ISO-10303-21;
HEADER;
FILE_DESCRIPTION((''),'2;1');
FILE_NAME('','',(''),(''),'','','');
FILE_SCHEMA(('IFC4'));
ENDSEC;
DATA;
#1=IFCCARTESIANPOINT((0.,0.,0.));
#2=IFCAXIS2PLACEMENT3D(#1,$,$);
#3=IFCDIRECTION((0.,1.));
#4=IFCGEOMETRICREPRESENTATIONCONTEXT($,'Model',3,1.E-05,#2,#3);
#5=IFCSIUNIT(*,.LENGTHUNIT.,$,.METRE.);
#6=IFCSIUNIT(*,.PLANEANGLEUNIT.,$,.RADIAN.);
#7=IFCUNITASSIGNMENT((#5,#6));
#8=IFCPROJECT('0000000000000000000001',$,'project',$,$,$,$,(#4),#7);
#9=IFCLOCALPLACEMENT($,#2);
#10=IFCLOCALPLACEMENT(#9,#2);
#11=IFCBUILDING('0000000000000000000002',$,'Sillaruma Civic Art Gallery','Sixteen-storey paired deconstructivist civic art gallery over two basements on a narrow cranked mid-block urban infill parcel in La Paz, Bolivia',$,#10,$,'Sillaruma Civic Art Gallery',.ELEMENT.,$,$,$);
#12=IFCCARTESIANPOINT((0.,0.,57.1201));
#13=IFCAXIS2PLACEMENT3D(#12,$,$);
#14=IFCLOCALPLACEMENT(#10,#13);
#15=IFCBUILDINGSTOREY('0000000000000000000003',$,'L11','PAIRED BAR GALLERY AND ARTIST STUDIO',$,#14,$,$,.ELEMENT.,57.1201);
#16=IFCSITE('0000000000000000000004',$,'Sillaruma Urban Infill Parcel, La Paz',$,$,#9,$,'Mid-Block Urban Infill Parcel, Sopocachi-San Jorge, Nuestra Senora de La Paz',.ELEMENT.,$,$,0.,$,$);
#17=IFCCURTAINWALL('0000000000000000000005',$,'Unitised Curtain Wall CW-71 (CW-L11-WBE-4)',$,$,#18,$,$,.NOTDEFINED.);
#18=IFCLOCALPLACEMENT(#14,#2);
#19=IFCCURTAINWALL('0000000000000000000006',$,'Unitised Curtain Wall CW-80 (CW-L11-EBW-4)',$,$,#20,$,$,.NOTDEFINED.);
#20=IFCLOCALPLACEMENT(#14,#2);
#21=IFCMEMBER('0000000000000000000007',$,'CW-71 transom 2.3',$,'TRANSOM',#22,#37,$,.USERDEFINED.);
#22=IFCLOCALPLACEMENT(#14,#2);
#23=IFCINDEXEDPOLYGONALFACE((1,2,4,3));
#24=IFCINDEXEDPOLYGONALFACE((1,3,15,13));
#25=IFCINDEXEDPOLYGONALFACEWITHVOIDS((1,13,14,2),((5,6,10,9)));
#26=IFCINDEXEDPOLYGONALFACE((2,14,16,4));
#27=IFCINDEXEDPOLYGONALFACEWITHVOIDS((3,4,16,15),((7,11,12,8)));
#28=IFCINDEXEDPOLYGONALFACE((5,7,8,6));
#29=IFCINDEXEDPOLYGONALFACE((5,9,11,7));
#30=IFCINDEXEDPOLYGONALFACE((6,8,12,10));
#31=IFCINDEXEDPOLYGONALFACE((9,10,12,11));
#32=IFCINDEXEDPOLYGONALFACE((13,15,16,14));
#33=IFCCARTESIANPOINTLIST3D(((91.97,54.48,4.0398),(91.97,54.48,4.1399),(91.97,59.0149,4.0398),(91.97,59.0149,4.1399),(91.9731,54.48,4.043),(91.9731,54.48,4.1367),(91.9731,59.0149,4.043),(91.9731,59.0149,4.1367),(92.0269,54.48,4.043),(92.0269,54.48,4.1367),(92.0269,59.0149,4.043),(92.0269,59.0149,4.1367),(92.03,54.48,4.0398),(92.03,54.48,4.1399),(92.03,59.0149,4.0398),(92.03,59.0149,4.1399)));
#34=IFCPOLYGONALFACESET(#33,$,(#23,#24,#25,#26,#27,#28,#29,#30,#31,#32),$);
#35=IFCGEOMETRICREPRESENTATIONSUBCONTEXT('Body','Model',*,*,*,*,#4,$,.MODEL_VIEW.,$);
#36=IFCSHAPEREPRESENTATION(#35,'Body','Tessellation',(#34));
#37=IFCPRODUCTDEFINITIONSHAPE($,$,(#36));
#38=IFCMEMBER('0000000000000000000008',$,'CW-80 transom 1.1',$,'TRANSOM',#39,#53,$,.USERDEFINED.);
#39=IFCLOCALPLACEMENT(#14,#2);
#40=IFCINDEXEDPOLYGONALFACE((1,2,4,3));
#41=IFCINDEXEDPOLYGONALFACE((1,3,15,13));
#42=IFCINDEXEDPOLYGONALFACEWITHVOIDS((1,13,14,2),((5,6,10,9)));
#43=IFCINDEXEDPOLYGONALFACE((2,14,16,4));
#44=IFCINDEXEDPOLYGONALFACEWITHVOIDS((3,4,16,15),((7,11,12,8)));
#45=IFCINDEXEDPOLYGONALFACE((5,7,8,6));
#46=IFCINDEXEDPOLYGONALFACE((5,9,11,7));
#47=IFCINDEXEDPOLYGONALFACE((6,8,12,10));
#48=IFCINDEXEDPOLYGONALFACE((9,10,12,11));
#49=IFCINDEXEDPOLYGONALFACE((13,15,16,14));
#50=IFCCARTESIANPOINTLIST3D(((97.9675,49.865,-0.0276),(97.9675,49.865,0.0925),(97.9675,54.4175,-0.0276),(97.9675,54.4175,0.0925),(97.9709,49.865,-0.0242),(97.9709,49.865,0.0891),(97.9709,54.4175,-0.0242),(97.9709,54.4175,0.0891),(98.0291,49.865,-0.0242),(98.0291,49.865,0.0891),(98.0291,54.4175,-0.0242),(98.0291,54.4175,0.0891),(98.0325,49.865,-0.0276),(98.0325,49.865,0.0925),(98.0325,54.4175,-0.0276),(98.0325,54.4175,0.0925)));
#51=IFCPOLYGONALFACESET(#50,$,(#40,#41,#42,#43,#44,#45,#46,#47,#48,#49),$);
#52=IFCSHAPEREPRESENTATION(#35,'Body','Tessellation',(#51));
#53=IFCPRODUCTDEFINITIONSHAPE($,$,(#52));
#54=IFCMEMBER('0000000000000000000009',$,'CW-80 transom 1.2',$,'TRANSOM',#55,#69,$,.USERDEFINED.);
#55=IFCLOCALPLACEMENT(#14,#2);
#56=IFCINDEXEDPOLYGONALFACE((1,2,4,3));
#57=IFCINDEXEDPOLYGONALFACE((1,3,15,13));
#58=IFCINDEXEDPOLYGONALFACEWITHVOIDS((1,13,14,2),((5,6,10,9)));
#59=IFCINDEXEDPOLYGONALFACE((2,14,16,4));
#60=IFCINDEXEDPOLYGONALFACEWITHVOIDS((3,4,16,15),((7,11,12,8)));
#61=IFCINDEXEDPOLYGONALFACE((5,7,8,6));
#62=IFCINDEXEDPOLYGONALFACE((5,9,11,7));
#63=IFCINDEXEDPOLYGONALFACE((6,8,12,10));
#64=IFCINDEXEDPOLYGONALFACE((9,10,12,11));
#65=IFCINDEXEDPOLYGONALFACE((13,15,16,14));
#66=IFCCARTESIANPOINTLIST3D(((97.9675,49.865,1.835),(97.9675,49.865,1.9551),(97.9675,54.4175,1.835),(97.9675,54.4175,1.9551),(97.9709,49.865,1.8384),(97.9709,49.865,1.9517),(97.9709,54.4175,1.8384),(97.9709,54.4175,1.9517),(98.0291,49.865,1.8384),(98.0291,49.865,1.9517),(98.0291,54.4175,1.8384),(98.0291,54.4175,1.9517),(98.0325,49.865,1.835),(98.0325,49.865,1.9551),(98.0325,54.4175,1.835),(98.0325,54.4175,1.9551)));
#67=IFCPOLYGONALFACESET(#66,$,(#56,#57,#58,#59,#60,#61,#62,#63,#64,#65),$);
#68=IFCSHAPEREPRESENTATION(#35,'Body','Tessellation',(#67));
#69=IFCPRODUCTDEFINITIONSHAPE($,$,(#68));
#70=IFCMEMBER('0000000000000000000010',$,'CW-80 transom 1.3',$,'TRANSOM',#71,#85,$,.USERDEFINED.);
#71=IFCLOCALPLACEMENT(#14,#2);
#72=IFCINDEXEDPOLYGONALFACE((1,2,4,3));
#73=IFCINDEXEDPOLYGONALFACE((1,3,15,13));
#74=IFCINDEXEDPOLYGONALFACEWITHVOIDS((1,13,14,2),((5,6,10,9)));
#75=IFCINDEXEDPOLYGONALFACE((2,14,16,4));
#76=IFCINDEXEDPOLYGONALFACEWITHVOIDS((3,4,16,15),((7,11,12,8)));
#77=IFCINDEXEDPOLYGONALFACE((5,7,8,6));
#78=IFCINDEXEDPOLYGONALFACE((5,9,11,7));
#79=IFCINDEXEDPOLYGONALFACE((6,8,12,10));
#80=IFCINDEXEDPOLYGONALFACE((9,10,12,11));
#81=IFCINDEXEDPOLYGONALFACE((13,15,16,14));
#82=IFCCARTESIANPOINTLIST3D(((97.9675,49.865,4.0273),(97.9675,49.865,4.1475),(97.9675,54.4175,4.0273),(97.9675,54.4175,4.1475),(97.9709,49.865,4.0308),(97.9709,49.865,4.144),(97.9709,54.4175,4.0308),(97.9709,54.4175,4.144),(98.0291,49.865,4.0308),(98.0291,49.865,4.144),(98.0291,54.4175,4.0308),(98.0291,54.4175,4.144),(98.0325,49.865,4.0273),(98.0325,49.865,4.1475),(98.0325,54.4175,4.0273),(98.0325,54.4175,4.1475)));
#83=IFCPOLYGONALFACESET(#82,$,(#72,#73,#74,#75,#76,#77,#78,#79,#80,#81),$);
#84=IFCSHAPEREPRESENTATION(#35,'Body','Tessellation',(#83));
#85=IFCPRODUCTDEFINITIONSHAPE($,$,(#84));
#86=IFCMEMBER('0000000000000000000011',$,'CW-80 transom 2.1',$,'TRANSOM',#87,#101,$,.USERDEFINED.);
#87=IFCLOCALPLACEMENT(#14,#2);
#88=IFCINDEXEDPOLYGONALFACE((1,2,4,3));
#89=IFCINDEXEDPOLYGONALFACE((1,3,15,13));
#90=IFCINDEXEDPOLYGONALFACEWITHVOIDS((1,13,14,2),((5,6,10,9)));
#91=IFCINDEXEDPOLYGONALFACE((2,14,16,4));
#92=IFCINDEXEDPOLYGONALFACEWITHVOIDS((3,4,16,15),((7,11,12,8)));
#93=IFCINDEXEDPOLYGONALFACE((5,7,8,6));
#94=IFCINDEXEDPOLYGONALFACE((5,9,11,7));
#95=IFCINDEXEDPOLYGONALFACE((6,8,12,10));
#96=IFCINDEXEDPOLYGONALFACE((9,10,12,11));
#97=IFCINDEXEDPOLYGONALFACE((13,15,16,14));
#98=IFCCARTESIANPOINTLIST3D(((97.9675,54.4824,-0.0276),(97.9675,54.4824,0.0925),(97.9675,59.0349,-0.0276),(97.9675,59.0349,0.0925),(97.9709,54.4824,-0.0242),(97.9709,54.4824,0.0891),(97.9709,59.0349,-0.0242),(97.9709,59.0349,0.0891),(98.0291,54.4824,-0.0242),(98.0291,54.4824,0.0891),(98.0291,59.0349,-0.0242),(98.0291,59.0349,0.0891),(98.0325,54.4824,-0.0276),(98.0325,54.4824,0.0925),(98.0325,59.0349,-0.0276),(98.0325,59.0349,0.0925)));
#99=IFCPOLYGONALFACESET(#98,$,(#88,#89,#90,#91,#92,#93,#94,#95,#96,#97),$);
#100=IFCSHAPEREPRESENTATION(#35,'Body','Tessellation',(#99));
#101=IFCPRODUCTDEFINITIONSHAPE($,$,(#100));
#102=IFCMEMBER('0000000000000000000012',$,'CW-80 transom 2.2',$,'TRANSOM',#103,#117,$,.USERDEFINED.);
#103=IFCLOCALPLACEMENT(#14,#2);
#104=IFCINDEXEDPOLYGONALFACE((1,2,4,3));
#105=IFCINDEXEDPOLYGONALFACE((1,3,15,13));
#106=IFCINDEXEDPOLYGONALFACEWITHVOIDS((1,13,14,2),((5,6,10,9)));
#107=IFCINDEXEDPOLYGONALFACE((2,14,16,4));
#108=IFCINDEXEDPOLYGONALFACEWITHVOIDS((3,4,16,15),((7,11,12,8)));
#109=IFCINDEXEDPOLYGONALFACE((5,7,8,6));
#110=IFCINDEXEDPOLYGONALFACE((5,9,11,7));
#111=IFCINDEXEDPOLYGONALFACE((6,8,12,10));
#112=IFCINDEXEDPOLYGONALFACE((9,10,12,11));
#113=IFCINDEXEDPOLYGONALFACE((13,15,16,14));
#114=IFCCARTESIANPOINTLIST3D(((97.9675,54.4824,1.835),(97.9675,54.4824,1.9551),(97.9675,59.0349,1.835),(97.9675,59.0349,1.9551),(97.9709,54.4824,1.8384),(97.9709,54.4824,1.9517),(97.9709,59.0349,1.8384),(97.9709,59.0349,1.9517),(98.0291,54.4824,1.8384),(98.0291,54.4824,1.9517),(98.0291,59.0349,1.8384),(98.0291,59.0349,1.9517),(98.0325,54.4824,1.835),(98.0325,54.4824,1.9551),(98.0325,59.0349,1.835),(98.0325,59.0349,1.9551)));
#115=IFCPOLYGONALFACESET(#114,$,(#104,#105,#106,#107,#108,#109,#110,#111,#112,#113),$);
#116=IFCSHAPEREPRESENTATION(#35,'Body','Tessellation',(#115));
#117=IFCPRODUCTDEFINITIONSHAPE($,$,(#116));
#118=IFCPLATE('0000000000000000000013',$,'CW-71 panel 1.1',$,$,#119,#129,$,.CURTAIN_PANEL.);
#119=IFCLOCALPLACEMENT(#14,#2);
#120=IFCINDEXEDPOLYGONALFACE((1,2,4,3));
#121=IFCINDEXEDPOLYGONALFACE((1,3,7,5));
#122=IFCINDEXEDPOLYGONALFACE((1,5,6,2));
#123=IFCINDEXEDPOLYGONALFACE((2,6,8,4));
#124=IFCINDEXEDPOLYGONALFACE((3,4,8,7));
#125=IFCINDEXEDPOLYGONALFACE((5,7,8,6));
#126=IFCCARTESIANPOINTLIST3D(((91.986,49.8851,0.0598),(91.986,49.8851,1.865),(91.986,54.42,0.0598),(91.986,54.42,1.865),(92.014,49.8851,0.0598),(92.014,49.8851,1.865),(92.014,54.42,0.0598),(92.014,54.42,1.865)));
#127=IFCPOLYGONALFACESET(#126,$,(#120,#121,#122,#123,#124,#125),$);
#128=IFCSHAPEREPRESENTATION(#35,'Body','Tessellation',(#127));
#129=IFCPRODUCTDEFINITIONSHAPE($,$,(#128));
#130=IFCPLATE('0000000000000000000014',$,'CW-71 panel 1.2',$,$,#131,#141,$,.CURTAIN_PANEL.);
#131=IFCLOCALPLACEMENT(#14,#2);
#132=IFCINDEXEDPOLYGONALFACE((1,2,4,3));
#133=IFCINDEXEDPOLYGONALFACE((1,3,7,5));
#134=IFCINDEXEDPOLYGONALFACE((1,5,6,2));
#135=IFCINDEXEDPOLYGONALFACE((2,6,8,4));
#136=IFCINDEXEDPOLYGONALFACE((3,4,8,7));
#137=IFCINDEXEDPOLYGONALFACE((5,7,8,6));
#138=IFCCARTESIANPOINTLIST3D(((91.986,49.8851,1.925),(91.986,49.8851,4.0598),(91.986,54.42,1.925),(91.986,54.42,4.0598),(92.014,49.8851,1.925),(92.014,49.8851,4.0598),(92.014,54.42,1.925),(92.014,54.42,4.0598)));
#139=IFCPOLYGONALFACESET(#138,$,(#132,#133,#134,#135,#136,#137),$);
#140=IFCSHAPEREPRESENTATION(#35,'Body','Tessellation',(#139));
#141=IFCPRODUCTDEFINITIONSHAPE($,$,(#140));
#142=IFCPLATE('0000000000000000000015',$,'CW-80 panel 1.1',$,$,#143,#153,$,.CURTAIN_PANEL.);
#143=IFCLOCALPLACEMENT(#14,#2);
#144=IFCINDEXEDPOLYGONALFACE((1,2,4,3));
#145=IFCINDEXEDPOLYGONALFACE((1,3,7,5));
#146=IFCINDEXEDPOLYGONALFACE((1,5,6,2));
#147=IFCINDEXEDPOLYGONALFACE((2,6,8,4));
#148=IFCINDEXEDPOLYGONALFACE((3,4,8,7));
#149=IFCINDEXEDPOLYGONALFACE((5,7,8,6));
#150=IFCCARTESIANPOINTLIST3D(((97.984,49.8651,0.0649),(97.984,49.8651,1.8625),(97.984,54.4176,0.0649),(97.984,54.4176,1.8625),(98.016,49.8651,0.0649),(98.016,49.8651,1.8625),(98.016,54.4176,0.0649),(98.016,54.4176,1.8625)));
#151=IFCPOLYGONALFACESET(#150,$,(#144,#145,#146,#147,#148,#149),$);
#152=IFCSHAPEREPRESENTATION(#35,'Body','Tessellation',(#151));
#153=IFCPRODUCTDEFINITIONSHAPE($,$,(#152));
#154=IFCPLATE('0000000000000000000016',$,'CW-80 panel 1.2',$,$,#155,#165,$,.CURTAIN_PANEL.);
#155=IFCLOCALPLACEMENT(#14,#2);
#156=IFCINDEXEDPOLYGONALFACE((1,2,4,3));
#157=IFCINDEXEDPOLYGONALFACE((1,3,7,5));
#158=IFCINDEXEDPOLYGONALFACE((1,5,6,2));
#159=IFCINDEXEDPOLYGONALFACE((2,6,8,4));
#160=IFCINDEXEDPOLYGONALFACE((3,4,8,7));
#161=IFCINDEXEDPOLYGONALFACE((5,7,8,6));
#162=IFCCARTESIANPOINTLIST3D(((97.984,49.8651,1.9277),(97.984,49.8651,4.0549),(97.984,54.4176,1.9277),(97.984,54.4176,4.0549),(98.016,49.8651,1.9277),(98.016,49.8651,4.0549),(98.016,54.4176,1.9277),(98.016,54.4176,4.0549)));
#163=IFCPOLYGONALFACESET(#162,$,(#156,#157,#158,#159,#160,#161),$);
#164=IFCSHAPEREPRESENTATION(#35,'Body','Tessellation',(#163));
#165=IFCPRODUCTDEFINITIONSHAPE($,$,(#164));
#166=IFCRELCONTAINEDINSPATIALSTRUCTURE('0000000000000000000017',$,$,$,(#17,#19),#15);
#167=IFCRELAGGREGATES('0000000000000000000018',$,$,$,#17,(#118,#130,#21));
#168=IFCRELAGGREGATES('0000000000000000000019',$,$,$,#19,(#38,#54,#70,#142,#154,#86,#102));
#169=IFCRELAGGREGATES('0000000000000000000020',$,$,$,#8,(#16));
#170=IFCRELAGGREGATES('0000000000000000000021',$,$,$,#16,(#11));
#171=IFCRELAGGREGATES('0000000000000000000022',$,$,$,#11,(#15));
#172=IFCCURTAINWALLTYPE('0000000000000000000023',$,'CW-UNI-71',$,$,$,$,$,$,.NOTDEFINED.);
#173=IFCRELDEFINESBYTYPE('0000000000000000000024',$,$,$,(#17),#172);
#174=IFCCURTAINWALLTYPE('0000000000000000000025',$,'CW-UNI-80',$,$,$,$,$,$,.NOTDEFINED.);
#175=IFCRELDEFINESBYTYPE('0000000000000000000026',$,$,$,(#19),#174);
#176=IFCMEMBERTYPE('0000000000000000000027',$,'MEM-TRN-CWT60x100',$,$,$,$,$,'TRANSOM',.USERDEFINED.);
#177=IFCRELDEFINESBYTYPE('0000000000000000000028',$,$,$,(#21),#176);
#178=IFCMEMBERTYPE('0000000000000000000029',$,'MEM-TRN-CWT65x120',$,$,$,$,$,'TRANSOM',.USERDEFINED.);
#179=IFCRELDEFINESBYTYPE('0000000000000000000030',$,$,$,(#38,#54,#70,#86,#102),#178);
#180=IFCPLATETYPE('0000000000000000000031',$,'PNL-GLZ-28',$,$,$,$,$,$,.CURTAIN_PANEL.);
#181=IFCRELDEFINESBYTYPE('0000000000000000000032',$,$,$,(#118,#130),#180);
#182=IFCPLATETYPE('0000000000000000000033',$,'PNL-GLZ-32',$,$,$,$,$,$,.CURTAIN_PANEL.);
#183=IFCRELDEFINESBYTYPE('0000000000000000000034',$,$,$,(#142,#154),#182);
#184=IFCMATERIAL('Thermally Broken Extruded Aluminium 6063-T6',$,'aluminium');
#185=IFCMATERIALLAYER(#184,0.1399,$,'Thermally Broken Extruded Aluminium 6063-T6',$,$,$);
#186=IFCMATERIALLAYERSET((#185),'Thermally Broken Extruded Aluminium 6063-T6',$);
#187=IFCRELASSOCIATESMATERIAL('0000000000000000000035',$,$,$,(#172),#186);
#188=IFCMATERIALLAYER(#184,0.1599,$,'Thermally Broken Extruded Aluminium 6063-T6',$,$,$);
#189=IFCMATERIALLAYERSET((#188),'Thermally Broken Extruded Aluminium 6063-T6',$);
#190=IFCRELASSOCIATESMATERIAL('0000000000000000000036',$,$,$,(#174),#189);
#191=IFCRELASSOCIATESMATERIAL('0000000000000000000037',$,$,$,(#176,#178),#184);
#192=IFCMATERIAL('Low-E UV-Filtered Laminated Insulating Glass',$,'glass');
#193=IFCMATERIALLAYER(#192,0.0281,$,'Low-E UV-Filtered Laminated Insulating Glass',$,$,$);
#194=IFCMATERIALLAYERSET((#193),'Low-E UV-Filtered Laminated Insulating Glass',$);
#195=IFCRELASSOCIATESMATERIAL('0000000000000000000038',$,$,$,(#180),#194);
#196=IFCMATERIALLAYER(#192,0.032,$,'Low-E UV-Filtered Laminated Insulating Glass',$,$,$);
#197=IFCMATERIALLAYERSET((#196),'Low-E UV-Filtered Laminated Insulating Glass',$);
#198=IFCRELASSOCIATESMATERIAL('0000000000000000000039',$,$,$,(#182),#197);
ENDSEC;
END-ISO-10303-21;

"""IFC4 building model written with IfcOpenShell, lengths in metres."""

from ifc_helpers import new_model, si_unit, direction, frame, origin, origin_2d, place, context, subcontext, project, spatial, rectangle, hollow_rectangle, extrude, material, layer, layer_set, material_profile, profile_set, type_object, element, aggregate, save


model = new_model("IFC4")

# Units and contexts
model_context = context("Model", 3, precision=1e-05, world=origin(), true_north=direction((0.0, 1.0)))
body_context = subcontext(model_context, "Body", "Model", "MODEL_VIEW")
ifc_project = project(units=[si_unit("LENGTHUNIT", "METRE"), si_unit("PLANEANGLEUNIT", "RADIAN")], contexts=[model_context])

# Site, building, storey
site_placement = place(None, origin())
site = spatial("IfcSite", under=ifc_project, at=site_placement, Name="Sillaruma Urban Infill Parcel, La Paz", LongName="Mid-Block Urban Infill Parcel, Sopocachi-San Jorge, Nuestra Senora de La Paz", CompositionType="ELEMENT", RefElevation=0.0)
building_placement = place(site_placement, origin())
building = spatial("IfcBuilding", under=site, at=building_placement, Name="Sillaruma Civic Art Gallery", Description="Sixteen-storey paired deconstructivist civic art gallery over two basements on a narrow cranked mid-block urban infill parcel in La Paz, Bolivia", LongName="Sillaruma Civic Art Gallery", CompositionType="ELEMENT")
storey_placement = place(building_placement, frame((0.0, 0.0, 57.1201)))
storey = spatial("IfcBuildingStorey", under=building, at=storey_placement, Name="L11", Description="PAIRED BAR GALLERY AND ARTIST STUDIO", CompositionType="ELEMENT", Elevation=57.1201)

# Curtain walls
ifc_material_1 = material(Name="Thermally Broken Extruded Aluminium 6063-T6", Category="aluminium")
ifc_layer_1 = layer(ifc_material_1, 0.1399, Name="Thermally Broken Extruded Aluminium 6063-T6")
ifc_layer_set_1 = layer_set([ifc_layer_1], Name="Thermally Broken Extruded Aluminium 6063-T6")
curtain_wall_type_1 = type_object("IfcCurtainWallType", Name="CW-UNI-71", PredefinedType="NOTDEFINED", material=ifc_layer_set_1)
curtain_wall_1_placement = place(storey_placement, origin())
curtain_wall_1 = element("IfcCurtainWall", 1, at=curtain_wall_1_placement, inside=storey, type_object=curtain_wall_type_1, Name="Unitised Curtain Wall CW-71 (CW-L11-WBE-4)", PredefinedType="NOTDEFINED")
ifc_layer_2 = layer(ifc_material_1, 0.1599, Name="Thermally Broken Extruded Aluminium 6063-T6")
ifc_layer_set_2 = layer_set([ifc_layer_2], Name="Thermally Broken Extruded Aluminium 6063-T6")
curtain_wall_type_2 = type_object("IfcCurtainWallType", Name="CW-UNI-80", PredefinedType="NOTDEFINED", material=ifc_layer_set_2)
curtain_wall_2_placement = place(storey_placement, origin())
curtain_wall_2 = element("IfcCurtainWall", 2, at=curtain_wall_2_placement, inside=storey, type_object=curtain_wall_type_2, Name="Unitised Curtain Wall CW-80 (CW-L11-EBW-4)", PredefinedType="NOTDEFINED")

# Members
ifc_material_profile_1 = material_profile(ifc_material_1, hollow_rectangle(XDim=0.0601, YDim=0.1001, WallThickness=0.0032, at=origin_2d()), Name="CWT60x100")
ifc_profile_set_1 = profile_set([ifc_material_profile_1], Name="Thermally Broken Extruded Aluminium 6063-T6")
member_type_1 = type_object("IfcMemberType", Name="MEM-TRN-CWT60x100", ElementType="TRANSOM", PredefinedType="USERDEFINED", material=ifc_profile_set_1)
member_1_placement = place(storey_placement, frame((92.0, 54.48, 4.0898), z_axis=(0.0, 1.0, 0.0), x_axis=(-1.0, 0.0, 0.0)))
member_1 = element("IfcMember", 3, at=member_1_placement, type_object=member_type_1, Name="CW-71 transom 2.3", ObjectType="TRANSOM", PredefinedType="USERDEFINED", context=body_context, shape_type="SweptSolid", body=[
    extrude(hollow_rectangle(XDim=0.0601, YDim=0.1001, WallThickness=0.0032, at=origin_2d()), origin(), (0.0, 0.0, 1.0), 4.5349),
])
ifc_material_profile_2 = material_profile(ifc_material_1, hollow_rectangle(XDim=0.0649, YDim=0.1201, WallThickness=0.0034, at=origin_2d()), Name="CWT65x120")
ifc_profile_set_2 = profile_set([ifc_material_profile_2], Name="Thermally Broken Extruded Aluminium 6063-T6")
member_type_2 = type_object("IfcMemberType", Name="MEM-TRN-CWT65x120", ElementType="TRANSOM", PredefinedType="USERDEFINED", material=ifc_profile_set_2)
member_2_placement = place(storey_placement, frame((98.0, 49.865, 0.0325), z_axis=(0.0, 1.0, 0.0), x_axis=(-1.0, 0.0, 0.0)))
member_2 = element("IfcMember", 4, at=member_2_placement, type_object=member_type_2, Name="CW-80 transom 1.1", ObjectType="TRANSOM", PredefinedType="USERDEFINED", context=body_context, shape_type="SweptSolid", body=[
    extrude(hollow_rectangle(XDim=0.0649, YDim=0.1201, WallThickness=0.0034, at=origin_2d()), origin(), (0.0, 0.0, 1.0), 4.5525),
])
member_3_placement = place(storey_placement, frame((98.0, 49.865, 1.895), z_axis=(0.0, 1.0, 0.0), x_axis=(-1.0, 0.0, 0.0)))
member_3 = element("IfcMember", 5, at=member_3_placement, type_object=member_type_2, Name="CW-80 transom 1.2", ObjectType="TRANSOM", PredefinedType="USERDEFINED", context=body_context, shape_type="SweptSolid", body=[
    extrude(hollow_rectangle(XDim=0.0649, YDim=0.1201, WallThickness=0.0034, at=origin_2d()), origin(), (0.0, 0.0, 1.0), 4.5525),
])
member_4_placement = place(storey_placement, frame((98.0, 49.865, 4.0874), z_axis=(0.0, 1.0, 0.0), x_axis=(-1.0, 0.0, 0.0)))
member_4 = element("IfcMember", 6, at=member_4_placement, type_object=member_type_2, Name="CW-80 transom 1.3", ObjectType="TRANSOM", PredefinedType="USERDEFINED", context=body_context, shape_type="SweptSolid", body=[
    extrude(hollow_rectangle(XDim=0.0649, YDim=0.1201, WallThickness=0.0034, at=origin_2d()), origin(), (0.0, 0.0, 1.0), 4.5525),
])
member_5_placement = place(storey_placement, frame((98.0, 54.4824, 0.0325), z_axis=(0.0, 1.0, 0.0), x_axis=(-1.0, 0.0, 0.0)))
member_5 = element("IfcMember", 7, at=member_5_placement, type_object=member_type_2, Name="CW-80 transom 2.1", ObjectType="TRANSOM", PredefinedType="USERDEFINED", context=body_context, shape_type="SweptSolid", body=[
    extrude(hollow_rectangle(XDim=0.0649, YDim=0.1201, WallThickness=0.0034, at=origin_2d()), origin(), (0.0, 0.0, 1.0), 4.5525),
])
member_6_placement = place(storey_placement, frame((98.0, 54.4824, 1.895), z_axis=(0.0, 1.0, 0.0), x_axis=(-1.0, 0.0, 0.0)))
member_6 = element("IfcMember", 8, at=member_6_placement, type_object=member_type_2, Name="CW-80 transom 2.2", ObjectType="TRANSOM", PredefinedType="USERDEFINED", context=body_context, shape_type="SweptSolid", body=[
    extrude(hollow_rectangle(XDim=0.0649, YDim=0.1201, WallThickness=0.0034, at=origin_2d()), origin(), (0.0, 0.0, 1.0), 4.5525),
])

# Plates
ifc_material_2 = material(Name="Low-E UV-Filtered Laminated Insulating Glass", Category="glass")
ifc_layer_3 = layer(ifc_material_2, 0.0281, Name="Low-E UV-Filtered Laminated Insulating Glass")
ifc_layer_set_3 = layer_set([ifc_layer_3], Name="Low-E UV-Filtered Laminated Insulating Glass")
plate_type_1 = type_object("IfcPlateType", Name="PNL-GLZ-28", PredefinedType="CURTAIN_PANEL", material=ifc_layer_set_3)
plate_1_placement = place(storey_placement, frame((92.0, 52.1526, 0.0598), z_axis=(0.0, 0.0, 1.0), x_axis=(0.0, 1.0, 0.0)))
plate_1 = element("IfcPlate", 9, at=plate_1_placement, type_object=plate_type_1, Name="CW-71 panel 1.1", PredefinedType="CURTAIN_PANEL", context=body_context, shape_type="SweptSolid", body=[
    extrude(rectangle(XDim=4.5349, YDim=0.0281, at=origin_2d()), origin(), (0.0, 0.0, 1.0), 1.8052),
])
plate_2_placement = place(storey_placement, frame((92.0, 52.1526, 1.925), z_axis=(0.0, 0.0, 1.0), x_axis=(0.0, 1.0, 0.0)))
plate_2 = element("IfcPlate", 10, at=plate_2_placement, type_object=plate_type_1, Name="CW-71 panel 1.2", PredefinedType="CURTAIN_PANEL", context=body_context, shape_type="SweptSolid", body=[
    extrude(rectangle(XDim=4.5349, YDim=0.0281, at=origin_2d()), origin(), (0.0, 0.0, 1.0), 2.1348),
])
aggregate(curtain_wall_1, [plate_1, plate_2, member_1])
ifc_layer_4 = layer(ifc_material_2, 0.032, Name="Low-E UV-Filtered Laminated Insulating Glass")
ifc_layer_set_4 = layer_set([ifc_layer_4], Name="Low-E UV-Filtered Laminated Insulating Glass")
plate_type_2 = type_object("IfcPlateType", Name="PNL-GLZ-32", PredefinedType="CURTAIN_PANEL", material=ifc_layer_set_4)
plate_3_placement = place(storey_placement, frame((98.0, 52.1414, 0.0649), z_axis=(0.0, 0.0, 1.0), x_axis=(0.0, 1.0, 0.0)))
plate_3 = element("IfcPlate", 11, at=plate_3_placement, type_object=plate_type_2, Name="CW-80 panel 1.1", PredefinedType="CURTAIN_PANEL", context=body_context, shape_type="SweptSolid", body=[
    extrude(rectangle(XDim=4.5525, YDim=0.032, at=origin_2d()), origin(), (0.0, 0.0, 1.0), 1.7976),
])
plate_4_placement = place(storey_placement, frame((98.0, 52.1414, 1.9277), z_axis=(0.0, 0.0, 1.0), x_axis=(0.0, 1.0, 0.0)))
plate_4 = element("IfcPlate", 12, at=plate_4_placement, type_object=plate_type_2, Name="CW-80 panel 1.2", PredefinedType="CURTAIN_PANEL", context=body_context, shape_type="SweptSolid", body=[
    extrude(rectangle(XDim=4.5525, YDim=0.032, at=origin_2d()), origin(), (0.0, 0.0, 1.0), 2.1272),
])
aggregate(curtain_wall_2, [member_2, member_3, member_4, plate_3, plate_4, member_5, member_6])

save(model, "model.ifc")
